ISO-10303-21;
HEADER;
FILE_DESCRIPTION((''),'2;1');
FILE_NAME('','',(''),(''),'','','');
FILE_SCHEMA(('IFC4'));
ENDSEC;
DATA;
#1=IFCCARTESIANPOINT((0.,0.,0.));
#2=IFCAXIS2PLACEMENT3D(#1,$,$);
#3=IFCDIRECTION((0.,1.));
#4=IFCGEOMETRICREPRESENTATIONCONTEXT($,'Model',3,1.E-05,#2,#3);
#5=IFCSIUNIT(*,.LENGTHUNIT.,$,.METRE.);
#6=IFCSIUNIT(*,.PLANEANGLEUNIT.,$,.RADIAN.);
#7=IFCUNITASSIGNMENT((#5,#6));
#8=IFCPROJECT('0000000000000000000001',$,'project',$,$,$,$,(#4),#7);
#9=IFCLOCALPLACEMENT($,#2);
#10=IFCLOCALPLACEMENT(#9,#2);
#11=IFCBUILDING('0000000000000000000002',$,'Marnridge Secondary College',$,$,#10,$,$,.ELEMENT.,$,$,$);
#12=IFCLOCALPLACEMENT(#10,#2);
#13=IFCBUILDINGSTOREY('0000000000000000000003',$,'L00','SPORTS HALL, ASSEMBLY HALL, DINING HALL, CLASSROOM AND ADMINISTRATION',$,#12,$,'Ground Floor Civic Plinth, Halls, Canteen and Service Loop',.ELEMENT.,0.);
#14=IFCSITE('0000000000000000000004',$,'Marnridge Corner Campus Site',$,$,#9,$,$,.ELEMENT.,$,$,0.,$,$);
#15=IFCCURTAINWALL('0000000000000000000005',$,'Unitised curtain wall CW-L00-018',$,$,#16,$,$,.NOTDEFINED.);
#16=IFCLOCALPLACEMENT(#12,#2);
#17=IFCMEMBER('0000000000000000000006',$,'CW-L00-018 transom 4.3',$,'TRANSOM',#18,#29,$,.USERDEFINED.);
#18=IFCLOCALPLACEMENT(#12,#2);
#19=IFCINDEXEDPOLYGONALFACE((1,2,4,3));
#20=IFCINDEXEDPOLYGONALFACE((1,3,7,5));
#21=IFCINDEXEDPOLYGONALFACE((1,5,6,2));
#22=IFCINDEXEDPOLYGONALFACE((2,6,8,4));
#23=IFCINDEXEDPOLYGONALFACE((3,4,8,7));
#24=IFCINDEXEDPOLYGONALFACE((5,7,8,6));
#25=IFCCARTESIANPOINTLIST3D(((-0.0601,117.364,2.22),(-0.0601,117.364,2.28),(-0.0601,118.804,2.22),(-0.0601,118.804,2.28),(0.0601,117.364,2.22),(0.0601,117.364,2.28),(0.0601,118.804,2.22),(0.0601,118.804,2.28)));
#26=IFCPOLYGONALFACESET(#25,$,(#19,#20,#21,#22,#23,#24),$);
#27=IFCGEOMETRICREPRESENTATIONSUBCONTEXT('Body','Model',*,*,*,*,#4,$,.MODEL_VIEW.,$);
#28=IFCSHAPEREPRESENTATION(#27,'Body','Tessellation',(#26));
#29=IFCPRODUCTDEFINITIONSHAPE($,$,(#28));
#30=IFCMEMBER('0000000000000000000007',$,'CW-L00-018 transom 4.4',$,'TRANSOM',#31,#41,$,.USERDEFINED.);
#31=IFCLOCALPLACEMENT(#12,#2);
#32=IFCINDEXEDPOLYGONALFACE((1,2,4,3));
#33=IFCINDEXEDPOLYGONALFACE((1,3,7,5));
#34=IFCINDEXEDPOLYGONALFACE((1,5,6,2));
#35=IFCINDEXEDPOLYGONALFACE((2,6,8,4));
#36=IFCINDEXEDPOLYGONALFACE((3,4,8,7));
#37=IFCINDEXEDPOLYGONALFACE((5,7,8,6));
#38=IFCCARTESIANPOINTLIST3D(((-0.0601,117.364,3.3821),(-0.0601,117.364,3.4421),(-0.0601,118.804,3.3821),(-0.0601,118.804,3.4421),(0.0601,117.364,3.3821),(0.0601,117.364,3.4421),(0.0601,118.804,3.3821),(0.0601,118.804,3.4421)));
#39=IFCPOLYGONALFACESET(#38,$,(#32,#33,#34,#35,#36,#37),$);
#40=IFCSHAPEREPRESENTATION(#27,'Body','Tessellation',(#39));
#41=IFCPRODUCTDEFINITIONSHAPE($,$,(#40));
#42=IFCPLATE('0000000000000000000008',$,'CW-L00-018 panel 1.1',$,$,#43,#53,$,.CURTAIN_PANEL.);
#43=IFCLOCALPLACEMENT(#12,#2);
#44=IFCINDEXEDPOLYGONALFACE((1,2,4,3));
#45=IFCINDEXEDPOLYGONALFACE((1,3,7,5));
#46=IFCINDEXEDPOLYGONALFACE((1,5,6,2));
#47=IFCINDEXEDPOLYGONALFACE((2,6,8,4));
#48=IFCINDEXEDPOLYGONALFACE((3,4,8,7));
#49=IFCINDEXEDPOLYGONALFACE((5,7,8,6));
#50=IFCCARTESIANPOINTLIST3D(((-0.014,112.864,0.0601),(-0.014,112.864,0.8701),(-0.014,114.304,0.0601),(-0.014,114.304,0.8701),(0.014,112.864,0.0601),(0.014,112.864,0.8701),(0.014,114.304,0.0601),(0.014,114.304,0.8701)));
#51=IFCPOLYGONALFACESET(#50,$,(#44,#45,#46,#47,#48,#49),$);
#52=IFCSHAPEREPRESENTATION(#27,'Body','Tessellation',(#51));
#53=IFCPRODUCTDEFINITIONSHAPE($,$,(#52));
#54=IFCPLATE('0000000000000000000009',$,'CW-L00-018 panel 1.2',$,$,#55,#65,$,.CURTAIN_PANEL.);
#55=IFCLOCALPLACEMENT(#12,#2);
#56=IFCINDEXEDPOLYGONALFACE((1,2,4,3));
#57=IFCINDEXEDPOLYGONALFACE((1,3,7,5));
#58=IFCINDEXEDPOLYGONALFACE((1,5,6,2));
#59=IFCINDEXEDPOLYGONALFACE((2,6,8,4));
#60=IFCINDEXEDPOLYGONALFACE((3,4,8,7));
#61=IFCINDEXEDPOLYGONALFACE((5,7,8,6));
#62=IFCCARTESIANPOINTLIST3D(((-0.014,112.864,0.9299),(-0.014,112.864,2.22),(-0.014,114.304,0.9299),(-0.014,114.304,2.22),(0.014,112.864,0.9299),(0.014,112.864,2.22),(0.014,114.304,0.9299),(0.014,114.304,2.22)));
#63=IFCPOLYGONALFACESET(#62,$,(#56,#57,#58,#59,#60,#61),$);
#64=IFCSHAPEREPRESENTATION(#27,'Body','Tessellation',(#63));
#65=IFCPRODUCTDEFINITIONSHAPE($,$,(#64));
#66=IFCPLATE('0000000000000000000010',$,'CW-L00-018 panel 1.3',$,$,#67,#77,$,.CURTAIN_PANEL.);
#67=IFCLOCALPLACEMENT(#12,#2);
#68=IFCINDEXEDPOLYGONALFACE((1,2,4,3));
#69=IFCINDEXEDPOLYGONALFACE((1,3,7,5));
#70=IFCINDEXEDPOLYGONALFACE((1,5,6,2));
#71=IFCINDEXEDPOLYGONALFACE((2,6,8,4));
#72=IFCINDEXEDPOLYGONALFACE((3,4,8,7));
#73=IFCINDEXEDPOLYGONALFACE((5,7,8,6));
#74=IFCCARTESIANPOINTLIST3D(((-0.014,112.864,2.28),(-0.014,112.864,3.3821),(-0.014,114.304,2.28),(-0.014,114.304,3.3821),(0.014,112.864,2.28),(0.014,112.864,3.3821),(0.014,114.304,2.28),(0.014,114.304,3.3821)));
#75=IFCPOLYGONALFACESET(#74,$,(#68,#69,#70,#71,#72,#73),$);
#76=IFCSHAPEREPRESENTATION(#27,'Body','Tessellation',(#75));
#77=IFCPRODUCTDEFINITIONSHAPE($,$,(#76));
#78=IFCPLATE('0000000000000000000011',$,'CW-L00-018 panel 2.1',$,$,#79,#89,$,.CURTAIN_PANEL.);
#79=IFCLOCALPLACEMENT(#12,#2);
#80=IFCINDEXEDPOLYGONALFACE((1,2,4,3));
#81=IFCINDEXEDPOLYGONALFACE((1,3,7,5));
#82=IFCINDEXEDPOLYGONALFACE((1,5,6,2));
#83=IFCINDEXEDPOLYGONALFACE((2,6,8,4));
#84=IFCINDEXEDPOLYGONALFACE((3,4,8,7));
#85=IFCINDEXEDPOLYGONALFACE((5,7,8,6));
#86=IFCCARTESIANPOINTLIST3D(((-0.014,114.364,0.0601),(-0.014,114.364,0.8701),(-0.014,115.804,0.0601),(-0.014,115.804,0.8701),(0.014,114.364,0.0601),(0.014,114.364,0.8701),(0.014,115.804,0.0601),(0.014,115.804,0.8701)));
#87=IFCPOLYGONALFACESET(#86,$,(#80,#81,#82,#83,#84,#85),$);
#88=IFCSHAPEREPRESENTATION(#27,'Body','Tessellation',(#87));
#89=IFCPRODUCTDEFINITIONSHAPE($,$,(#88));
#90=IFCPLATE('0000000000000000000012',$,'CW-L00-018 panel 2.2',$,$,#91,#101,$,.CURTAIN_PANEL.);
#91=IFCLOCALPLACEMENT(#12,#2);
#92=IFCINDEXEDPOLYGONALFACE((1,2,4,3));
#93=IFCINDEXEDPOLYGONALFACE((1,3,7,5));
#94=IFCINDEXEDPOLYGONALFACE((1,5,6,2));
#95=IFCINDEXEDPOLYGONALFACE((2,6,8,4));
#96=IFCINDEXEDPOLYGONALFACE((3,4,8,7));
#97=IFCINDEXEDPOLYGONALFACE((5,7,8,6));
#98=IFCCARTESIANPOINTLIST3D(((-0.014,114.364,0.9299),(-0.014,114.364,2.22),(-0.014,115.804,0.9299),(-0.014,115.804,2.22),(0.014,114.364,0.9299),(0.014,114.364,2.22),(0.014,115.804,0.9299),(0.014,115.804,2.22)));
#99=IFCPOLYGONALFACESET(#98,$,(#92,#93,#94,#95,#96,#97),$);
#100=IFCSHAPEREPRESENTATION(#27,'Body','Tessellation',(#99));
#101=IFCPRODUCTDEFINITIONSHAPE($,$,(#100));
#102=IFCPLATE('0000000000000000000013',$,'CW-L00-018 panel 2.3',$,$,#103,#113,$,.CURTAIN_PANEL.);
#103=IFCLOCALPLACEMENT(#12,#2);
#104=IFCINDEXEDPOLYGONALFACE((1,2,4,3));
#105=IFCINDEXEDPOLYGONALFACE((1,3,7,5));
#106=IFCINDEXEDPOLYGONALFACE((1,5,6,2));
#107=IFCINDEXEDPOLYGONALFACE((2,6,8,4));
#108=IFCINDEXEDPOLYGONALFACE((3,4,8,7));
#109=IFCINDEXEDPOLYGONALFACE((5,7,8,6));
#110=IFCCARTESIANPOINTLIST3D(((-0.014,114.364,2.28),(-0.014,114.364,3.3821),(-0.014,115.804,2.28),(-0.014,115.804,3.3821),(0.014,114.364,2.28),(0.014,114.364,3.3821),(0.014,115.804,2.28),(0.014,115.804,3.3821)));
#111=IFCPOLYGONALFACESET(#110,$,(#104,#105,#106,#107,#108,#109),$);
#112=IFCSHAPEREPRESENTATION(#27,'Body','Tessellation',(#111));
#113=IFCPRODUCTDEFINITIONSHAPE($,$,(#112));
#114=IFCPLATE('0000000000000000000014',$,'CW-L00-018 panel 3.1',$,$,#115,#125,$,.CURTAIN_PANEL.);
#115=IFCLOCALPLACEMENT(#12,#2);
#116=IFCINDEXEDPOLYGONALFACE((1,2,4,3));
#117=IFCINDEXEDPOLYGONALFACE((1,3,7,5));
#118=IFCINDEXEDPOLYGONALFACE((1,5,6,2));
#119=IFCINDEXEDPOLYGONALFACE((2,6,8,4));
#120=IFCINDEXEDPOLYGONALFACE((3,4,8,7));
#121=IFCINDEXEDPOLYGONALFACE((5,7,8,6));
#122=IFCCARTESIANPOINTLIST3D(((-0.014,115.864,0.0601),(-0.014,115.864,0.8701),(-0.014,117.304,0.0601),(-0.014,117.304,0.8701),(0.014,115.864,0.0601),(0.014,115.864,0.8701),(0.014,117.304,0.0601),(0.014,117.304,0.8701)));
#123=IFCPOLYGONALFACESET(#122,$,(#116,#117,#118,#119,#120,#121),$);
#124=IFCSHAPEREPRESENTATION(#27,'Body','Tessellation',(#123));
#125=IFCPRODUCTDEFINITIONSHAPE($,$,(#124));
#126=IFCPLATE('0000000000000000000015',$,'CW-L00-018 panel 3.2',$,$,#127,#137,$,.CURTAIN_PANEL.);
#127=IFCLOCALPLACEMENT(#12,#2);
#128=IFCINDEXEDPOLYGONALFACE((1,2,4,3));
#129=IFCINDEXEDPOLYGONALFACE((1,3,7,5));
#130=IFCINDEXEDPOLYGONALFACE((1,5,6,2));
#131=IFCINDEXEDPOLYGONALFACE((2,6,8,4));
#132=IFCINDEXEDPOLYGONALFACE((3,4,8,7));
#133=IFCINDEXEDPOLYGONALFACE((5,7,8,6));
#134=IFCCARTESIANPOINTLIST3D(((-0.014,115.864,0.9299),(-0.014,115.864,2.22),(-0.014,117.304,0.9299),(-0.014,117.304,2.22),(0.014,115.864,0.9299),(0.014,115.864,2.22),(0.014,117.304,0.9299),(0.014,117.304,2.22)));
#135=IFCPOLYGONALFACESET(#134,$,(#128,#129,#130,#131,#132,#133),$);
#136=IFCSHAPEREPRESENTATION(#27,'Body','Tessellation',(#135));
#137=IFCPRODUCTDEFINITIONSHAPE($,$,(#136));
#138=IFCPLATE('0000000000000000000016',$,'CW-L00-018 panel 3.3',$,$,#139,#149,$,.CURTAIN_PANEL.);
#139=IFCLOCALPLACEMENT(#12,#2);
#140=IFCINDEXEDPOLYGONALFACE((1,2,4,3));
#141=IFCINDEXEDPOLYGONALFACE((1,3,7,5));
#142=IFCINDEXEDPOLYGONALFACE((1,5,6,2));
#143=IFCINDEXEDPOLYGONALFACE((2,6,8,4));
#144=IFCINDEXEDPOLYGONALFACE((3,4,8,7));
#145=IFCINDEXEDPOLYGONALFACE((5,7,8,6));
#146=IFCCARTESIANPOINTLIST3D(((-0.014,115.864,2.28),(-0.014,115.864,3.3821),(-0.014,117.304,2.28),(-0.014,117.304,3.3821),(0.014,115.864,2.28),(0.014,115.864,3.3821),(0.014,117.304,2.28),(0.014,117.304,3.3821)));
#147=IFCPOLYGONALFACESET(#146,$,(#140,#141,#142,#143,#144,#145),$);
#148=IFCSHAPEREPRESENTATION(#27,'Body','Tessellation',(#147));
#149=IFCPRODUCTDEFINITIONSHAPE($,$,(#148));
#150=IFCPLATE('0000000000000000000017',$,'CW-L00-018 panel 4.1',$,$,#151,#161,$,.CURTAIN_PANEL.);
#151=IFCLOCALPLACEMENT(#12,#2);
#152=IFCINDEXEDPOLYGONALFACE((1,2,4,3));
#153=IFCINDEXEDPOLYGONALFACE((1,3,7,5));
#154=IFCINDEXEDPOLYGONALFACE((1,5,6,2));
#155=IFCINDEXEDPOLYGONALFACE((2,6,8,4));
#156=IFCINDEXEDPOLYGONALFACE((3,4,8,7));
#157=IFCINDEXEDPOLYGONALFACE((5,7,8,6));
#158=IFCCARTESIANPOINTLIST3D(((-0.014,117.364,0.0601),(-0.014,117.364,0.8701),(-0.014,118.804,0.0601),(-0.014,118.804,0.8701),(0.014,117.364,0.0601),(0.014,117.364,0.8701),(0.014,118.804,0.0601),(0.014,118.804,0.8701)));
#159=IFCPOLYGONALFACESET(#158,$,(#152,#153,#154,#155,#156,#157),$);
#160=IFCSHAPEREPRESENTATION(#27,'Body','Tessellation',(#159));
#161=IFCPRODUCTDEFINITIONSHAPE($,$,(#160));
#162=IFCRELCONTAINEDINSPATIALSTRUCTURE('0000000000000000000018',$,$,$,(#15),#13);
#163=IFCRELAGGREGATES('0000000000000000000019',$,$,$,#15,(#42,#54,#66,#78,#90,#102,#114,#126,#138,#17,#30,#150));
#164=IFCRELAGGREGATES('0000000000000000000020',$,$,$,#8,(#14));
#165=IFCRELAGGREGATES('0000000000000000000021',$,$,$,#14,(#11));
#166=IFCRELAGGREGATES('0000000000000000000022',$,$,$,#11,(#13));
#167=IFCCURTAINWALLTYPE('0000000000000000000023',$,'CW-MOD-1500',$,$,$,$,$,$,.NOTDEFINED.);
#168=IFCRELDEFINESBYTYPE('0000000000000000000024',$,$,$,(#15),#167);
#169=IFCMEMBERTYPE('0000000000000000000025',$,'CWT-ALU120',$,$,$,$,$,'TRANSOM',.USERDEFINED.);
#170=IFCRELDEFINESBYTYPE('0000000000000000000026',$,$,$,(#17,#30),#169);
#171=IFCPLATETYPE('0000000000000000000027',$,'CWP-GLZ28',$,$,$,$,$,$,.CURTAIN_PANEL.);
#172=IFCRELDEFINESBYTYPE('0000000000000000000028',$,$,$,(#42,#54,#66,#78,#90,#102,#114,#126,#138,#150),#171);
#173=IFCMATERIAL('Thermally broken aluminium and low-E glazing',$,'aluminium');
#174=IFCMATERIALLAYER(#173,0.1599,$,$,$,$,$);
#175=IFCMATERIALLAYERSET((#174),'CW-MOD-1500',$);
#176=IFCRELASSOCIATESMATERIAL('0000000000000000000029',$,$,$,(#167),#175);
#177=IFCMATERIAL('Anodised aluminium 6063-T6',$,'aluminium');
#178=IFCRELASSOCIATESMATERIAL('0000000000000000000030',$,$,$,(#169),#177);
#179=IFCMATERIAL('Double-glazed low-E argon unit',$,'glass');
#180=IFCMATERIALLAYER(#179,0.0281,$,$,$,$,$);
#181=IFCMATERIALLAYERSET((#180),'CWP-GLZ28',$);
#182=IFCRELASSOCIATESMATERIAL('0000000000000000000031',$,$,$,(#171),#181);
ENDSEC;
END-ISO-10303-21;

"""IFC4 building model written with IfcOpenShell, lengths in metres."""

from ifc_helpers import new_model, si_unit, direction, frame, origin, origin_2d, place, context, subcontext, project, spatial, rectangle, extrude, material, layer, layer_set, material_profile, profile_set, type_object, element, aggregate, save


model = new_model("IFC4")

# Units and contexts
model_context = context("Model", 3, precision=1e-05, world=origin(), true_north=direction((0.0, 1.0)))
body_context = subcontext(model_context, "Body", "Model", "MODEL_VIEW")
ifc_project = project(units=[si_unit("LENGTHUNIT", "METRE"), si_unit("PLANEANGLEUNIT", "RADIAN")], contexts=[model_context])

# Site, building, storey
site_placement = place(None, origin())
site = spatial("IfcSite", under=ifc_project, at=site_placement, Name="Marnridge Corner Campus Site", CompositionType="ELEMENT", RefElevation=0.0)
building_placement = place(site_placement, origin())
building = spatial("IfcBuilding", under=site, at=building_placement, Name="Marnridge Secondary College", CompositionType="ELEMENT")
storey_placement = place(building_placement, origin())
storey = spatial("IfcBuildingStorey", under=building, at=storey_placement, Name="L00", Description="SPORTS HALL, ASSEMBLY HALL, DINING HALL, CLASSROOM AND ADMINISTRATION", LongName="Ground Floor Civic Plinth, Halls, Canteen and Service Loop", CompositionType="ELEMENT", Elevation=0.0)

# Curtain wall, members, plates
ifc_material_1 = material(Name="Thermally broken aluminium and low-E glazing", Category="aluminium")
ifc_layer_1 = layer(ifc_material_1, 0.1599)
ifc_layer_set_1 = layer_set([ifc_layer_1], Name="CW-MOD-1500")
curtain_wall_type = type_object("IfcCurtainWallType", Name="CW-MOD-1500", PredefinedType="NOTDEFINED", material=ifc_layer_set_1)
curtain_wall_placement = place(storey_placement, origin())
curtain_wall = element("IfcCurtainWall", 1, at=curtain_wall_placement, inside=storey, type_object=curtain_wall_type, Name="Unitised curtain wall CW-L00-018", PredefinedType="NOTDEFINED")
ifc_material_2 = material(Name="Anodised aluminium 6063-T6", Category="aluminium")
ifc_material_profile_1 = material_profile(ifc_material_2, rectangle(XDim=0.0601, YDim=0.1201, at=origin_2d()), Name="ALU 60x120")
ifc_profile_set_1 = profile_set([ifc_material_profile_1], Name="Anodised aluminium 6063-T6")
member_type_1 = type_object("IfcMemberType", Name="CWT-ALU120", ElementType="TRANSOM", PredefinedType="USERDEFINED", material=ifc_profile_set_1)
member_1_placement = place(storey_placement, frame((0.0, 117.364, 2.25), z_axis=(0.0, 1.0, 0.0), x_axis=(0.0, 0.0, 1.0)))
member_1 = element("IfcMember", 2, at=member_1_placement, type_object=member_type_1, Name="CW-L00-018 transom 4.3", ObjectType="TRANSOM", PredefinedType="USERDEFINED", context=body_context, shape_type="SweptSolid", body=[
    extrude(rectangle(XDim=0.0601, YDim=0.1201, at=origin_2d()), origin(), (0.0, 0.0, 1.0), 1.4399),
])
member_2_placement = place(storey_placement, frame((0.0, 117.364, 3.4121), z_axis=(0.0, 1.0, 0.0), x_axis=(0.0, 0.0, 1.0)))
member_2 = element("IfcMember", 3, at=member_2_placement, type_object=member_type_1, Name="CW-L00-018 transom 4.4", ObjectType="TRANSOM", PredefinedType="USERDEFINED", context=body_context, shape_type="SweptSolid", body=[
    extrude(rectangle(XDim=0.0601, YDim=0.1201, at=origin_2d()), origin(), (0.0, 0.0, 1.0), 1.4399),
])
ifc_material_3 = material(Name="Double-glazed low-E argon unit", Category="glass")
ifc_layer_2 = layer(ifc_material_3, 0.0281)
ifc_layer_set_2 = layer_set([ifc_layer_2], Name="CWP-GLZ28")
plate_type = type_object("IfcPlateType", Name="CWP-GLZ28", PredefinedType="CURTAIN_PANEL", material=ifc_layer_set_2)
plate_1_placement = place(storey_placement, frame((0.0, 113.584, 0.0601), z_axis=(0.0, 0.0, 1.0), x_axis=(0.0, 1.0, 0.0)))
plate_1 = element("IfcPlate", 4, at=plate_1_placement, type_object=plate_type, Name="CW-L00-018 panel 1.1", PredefinedType="CURTAIN_PANEL", context=body_context, shape_type="SweptSolid", body=[
    extrude(rectangle(XDim=1.4399, YDim=0.0281, at=origin_2d()), origin(), (0.0, 0.0, 1.0), 0.8101),
])
plate_2_placement = place(storey_placement, frame((0.0, 113.584, 0.9299), z_axis=(0.0, 0.0, 1.0), x_axis=(0.0, 1.0, 0.0)))
plate_2 = element("IfcPlate", 5, at=plate_2_placement, type_object=plate_type, Name="CW-L00-018 panel 1.2", PredefinedType="CURTAIN_PANEL", context=body_context, shape_type="SweptSolid", body=[
    extrude(rectangle(XDim=1.4399, YDim=0.0281, at=origin_2d()), origin(), (0.0, 0.0, 1.0), 1.29),
])
plate_3_placement = place(storey_placement, frame((0.0, 113.584, 2.28), z_axis=(0.0, 0.0, 1.0), x_axis=(0.0, 1.0, 0.0)))
plate_3 = element("IfcPlate", 6, at=plate_3_placement, type_object=plate_type, Name="CW-L00-018 panel 1.3", PredefinedType="CURTAIN_PANEL", context=body_context, shape_type="SweptSolid", body=[
    extrude(rectangle(XDim=1.4399, YDim=0.0281, at=origin_2d()), origin(), (0.0, 0.0, 1.0), 1.1021),
])
plate_4_placement = place(storey_placement, frame((0.0, 115.084, 0.0601), z_axis=(0.0, 0.0, 1.0), x_axis=(0.0, 1.0, 0.0)))
plate_4 = element("IfcPlate", 7, at=plate_4_placement, type_object=plate_type, Name="CW-L00-018 panel 2.1", PredefinedType="CURTAIN_PANEL", context=body_context, shape_type="SweptSolid", body=[
    extrude(rectangle(XDim=1.4399, YDim=0.0281, at=origin_2d()), origin(), (0.0, 0.0, 1.0), 0.8101),
])
plate_5_placement = place(storey_placement, frame((0.0, 115.084, 0.9299), z_axis=(0.0, 0.0, 1.0), x_axis=(0.0, 1.0, 0.0)))
plate_5 = element("IfcPlate", 8, at=plate_5_placement, type_object=plate_type, Name="CW-L00-018 panel 2.2", PredefinedType="CURTAIN_PANEL", context=body_context, shape_type="SweptSolid", body=[
    extrude(rectangle(XDim=1.4399, YDim=0.0281, at=origin_2d()), origin(), (0.0, 0.0, 1.0), 1.29),
])
plate_6_placement = place(storey_placement, frame((0.0, 115.084, 2.28), z_axis=(0.0, 0.0, 1.0), x_axis=(0.0, 1.0, 0.0)))
plate_6 = element("IfcPlate", 9, at=plate_6_placement, type_object=plate_type, Name="CW-L00-018 panel 2.3", PredefinedType="CURTAIN_PANEL", context=body_context, shape_type="SweptSolid", body=[
    extrude(rectangle(XDim=1.4399, YDim=0.0281, at=origin_2d()), origin(), (0.0, 0.0, 1.0), 1.1021),
])
plate_7_placement = place(storey_placement, frame((0.0, 116.584, 0.0601), z_axis=(0.0, 0.0, 1.0), x_axis=(0.0, 1.0, 0.0)))
plate_7 = element("IfcPlate", 10, at=plate_7_placement, type_object=plate_type, Name="CW-L00-018 panel 3.1", PredefinedType="CURTAIN_PANEL", context=body_context, shape_type="SweptSolid", body=[
    extrude(rectangle(XDim=1.4399, YDim=0.0281, at=origin_2d()), origin(), (0.0, 0.0, 1.0), 0.8101),
])
plate_8_placement = place(storey_placement, frame((0.0, 116.584, 0.9299), z_axis=(0.0, 0.0, 1.0), x_axis=(0.0, 1.0, 0.0)))
plate_8 = element("IfcPlate", 11, at=plate_8_placement, type_object=plate_type, Name="CW-L00-018 panel 3.2", PredefinedType="CURTAIN_PANEL", context=body_context, shape_type="SweptSolid", body=[
    extrude(rectangle(XDim=1.4399, YDim=0.0281, at=origin_2d()), origin(), (0.0, 0.0, 1.0), 1.29),
])
plate_9_placement = place(storey_placement, frame((0.0, 116.584, 2.28), z_axis=(0.0, 0.0, 1.0), x_axis=(0.0, 1.0, 0.0)))
plate_9 = element("IfcPlate", 12, at=plate_9_placement, type_object=plate_type, Name="CW-L00-018 panel 3.3", PredefinedType="CURTAIN_PANEL", context=body_context, shape_type="SweptSolid", body=[
    extrude(rectangle(XDim=1.4399, YDim=0.0281, at=origin_2d()), origin(), (0.0, 0.0, 1.0), 1.1021),
])
plate_10_placement = place(storey_placement, frame((0.0, 118.084, 0.0601), z_axis=(0.0, 0.0, 1.0), x_axis=(0.0, 1.0, 0.0)))
plate_10 = element("IfcPlate", 13, at=plate_10_placement, type_object=plate_type, Name="CW-L00-018 panel 4.1", PredefinedType="CURTAIN_PANEL", context=body_context, shape_type="SweptSolid", body=[
    extrude(rectangle(XDim=1.4399, YDim=0.0281, at=origin_2d()), origin(), (0.0, 0.0, 1.0), 0.8101),
])
aggregate(curtain_wall, [plate_1, plate_2, plate_3, plate_4, plate_5, plate_6, plate_7, plate_8, plate_9, member_1, member_2, plate_10])

save(model, "model.ifc")
